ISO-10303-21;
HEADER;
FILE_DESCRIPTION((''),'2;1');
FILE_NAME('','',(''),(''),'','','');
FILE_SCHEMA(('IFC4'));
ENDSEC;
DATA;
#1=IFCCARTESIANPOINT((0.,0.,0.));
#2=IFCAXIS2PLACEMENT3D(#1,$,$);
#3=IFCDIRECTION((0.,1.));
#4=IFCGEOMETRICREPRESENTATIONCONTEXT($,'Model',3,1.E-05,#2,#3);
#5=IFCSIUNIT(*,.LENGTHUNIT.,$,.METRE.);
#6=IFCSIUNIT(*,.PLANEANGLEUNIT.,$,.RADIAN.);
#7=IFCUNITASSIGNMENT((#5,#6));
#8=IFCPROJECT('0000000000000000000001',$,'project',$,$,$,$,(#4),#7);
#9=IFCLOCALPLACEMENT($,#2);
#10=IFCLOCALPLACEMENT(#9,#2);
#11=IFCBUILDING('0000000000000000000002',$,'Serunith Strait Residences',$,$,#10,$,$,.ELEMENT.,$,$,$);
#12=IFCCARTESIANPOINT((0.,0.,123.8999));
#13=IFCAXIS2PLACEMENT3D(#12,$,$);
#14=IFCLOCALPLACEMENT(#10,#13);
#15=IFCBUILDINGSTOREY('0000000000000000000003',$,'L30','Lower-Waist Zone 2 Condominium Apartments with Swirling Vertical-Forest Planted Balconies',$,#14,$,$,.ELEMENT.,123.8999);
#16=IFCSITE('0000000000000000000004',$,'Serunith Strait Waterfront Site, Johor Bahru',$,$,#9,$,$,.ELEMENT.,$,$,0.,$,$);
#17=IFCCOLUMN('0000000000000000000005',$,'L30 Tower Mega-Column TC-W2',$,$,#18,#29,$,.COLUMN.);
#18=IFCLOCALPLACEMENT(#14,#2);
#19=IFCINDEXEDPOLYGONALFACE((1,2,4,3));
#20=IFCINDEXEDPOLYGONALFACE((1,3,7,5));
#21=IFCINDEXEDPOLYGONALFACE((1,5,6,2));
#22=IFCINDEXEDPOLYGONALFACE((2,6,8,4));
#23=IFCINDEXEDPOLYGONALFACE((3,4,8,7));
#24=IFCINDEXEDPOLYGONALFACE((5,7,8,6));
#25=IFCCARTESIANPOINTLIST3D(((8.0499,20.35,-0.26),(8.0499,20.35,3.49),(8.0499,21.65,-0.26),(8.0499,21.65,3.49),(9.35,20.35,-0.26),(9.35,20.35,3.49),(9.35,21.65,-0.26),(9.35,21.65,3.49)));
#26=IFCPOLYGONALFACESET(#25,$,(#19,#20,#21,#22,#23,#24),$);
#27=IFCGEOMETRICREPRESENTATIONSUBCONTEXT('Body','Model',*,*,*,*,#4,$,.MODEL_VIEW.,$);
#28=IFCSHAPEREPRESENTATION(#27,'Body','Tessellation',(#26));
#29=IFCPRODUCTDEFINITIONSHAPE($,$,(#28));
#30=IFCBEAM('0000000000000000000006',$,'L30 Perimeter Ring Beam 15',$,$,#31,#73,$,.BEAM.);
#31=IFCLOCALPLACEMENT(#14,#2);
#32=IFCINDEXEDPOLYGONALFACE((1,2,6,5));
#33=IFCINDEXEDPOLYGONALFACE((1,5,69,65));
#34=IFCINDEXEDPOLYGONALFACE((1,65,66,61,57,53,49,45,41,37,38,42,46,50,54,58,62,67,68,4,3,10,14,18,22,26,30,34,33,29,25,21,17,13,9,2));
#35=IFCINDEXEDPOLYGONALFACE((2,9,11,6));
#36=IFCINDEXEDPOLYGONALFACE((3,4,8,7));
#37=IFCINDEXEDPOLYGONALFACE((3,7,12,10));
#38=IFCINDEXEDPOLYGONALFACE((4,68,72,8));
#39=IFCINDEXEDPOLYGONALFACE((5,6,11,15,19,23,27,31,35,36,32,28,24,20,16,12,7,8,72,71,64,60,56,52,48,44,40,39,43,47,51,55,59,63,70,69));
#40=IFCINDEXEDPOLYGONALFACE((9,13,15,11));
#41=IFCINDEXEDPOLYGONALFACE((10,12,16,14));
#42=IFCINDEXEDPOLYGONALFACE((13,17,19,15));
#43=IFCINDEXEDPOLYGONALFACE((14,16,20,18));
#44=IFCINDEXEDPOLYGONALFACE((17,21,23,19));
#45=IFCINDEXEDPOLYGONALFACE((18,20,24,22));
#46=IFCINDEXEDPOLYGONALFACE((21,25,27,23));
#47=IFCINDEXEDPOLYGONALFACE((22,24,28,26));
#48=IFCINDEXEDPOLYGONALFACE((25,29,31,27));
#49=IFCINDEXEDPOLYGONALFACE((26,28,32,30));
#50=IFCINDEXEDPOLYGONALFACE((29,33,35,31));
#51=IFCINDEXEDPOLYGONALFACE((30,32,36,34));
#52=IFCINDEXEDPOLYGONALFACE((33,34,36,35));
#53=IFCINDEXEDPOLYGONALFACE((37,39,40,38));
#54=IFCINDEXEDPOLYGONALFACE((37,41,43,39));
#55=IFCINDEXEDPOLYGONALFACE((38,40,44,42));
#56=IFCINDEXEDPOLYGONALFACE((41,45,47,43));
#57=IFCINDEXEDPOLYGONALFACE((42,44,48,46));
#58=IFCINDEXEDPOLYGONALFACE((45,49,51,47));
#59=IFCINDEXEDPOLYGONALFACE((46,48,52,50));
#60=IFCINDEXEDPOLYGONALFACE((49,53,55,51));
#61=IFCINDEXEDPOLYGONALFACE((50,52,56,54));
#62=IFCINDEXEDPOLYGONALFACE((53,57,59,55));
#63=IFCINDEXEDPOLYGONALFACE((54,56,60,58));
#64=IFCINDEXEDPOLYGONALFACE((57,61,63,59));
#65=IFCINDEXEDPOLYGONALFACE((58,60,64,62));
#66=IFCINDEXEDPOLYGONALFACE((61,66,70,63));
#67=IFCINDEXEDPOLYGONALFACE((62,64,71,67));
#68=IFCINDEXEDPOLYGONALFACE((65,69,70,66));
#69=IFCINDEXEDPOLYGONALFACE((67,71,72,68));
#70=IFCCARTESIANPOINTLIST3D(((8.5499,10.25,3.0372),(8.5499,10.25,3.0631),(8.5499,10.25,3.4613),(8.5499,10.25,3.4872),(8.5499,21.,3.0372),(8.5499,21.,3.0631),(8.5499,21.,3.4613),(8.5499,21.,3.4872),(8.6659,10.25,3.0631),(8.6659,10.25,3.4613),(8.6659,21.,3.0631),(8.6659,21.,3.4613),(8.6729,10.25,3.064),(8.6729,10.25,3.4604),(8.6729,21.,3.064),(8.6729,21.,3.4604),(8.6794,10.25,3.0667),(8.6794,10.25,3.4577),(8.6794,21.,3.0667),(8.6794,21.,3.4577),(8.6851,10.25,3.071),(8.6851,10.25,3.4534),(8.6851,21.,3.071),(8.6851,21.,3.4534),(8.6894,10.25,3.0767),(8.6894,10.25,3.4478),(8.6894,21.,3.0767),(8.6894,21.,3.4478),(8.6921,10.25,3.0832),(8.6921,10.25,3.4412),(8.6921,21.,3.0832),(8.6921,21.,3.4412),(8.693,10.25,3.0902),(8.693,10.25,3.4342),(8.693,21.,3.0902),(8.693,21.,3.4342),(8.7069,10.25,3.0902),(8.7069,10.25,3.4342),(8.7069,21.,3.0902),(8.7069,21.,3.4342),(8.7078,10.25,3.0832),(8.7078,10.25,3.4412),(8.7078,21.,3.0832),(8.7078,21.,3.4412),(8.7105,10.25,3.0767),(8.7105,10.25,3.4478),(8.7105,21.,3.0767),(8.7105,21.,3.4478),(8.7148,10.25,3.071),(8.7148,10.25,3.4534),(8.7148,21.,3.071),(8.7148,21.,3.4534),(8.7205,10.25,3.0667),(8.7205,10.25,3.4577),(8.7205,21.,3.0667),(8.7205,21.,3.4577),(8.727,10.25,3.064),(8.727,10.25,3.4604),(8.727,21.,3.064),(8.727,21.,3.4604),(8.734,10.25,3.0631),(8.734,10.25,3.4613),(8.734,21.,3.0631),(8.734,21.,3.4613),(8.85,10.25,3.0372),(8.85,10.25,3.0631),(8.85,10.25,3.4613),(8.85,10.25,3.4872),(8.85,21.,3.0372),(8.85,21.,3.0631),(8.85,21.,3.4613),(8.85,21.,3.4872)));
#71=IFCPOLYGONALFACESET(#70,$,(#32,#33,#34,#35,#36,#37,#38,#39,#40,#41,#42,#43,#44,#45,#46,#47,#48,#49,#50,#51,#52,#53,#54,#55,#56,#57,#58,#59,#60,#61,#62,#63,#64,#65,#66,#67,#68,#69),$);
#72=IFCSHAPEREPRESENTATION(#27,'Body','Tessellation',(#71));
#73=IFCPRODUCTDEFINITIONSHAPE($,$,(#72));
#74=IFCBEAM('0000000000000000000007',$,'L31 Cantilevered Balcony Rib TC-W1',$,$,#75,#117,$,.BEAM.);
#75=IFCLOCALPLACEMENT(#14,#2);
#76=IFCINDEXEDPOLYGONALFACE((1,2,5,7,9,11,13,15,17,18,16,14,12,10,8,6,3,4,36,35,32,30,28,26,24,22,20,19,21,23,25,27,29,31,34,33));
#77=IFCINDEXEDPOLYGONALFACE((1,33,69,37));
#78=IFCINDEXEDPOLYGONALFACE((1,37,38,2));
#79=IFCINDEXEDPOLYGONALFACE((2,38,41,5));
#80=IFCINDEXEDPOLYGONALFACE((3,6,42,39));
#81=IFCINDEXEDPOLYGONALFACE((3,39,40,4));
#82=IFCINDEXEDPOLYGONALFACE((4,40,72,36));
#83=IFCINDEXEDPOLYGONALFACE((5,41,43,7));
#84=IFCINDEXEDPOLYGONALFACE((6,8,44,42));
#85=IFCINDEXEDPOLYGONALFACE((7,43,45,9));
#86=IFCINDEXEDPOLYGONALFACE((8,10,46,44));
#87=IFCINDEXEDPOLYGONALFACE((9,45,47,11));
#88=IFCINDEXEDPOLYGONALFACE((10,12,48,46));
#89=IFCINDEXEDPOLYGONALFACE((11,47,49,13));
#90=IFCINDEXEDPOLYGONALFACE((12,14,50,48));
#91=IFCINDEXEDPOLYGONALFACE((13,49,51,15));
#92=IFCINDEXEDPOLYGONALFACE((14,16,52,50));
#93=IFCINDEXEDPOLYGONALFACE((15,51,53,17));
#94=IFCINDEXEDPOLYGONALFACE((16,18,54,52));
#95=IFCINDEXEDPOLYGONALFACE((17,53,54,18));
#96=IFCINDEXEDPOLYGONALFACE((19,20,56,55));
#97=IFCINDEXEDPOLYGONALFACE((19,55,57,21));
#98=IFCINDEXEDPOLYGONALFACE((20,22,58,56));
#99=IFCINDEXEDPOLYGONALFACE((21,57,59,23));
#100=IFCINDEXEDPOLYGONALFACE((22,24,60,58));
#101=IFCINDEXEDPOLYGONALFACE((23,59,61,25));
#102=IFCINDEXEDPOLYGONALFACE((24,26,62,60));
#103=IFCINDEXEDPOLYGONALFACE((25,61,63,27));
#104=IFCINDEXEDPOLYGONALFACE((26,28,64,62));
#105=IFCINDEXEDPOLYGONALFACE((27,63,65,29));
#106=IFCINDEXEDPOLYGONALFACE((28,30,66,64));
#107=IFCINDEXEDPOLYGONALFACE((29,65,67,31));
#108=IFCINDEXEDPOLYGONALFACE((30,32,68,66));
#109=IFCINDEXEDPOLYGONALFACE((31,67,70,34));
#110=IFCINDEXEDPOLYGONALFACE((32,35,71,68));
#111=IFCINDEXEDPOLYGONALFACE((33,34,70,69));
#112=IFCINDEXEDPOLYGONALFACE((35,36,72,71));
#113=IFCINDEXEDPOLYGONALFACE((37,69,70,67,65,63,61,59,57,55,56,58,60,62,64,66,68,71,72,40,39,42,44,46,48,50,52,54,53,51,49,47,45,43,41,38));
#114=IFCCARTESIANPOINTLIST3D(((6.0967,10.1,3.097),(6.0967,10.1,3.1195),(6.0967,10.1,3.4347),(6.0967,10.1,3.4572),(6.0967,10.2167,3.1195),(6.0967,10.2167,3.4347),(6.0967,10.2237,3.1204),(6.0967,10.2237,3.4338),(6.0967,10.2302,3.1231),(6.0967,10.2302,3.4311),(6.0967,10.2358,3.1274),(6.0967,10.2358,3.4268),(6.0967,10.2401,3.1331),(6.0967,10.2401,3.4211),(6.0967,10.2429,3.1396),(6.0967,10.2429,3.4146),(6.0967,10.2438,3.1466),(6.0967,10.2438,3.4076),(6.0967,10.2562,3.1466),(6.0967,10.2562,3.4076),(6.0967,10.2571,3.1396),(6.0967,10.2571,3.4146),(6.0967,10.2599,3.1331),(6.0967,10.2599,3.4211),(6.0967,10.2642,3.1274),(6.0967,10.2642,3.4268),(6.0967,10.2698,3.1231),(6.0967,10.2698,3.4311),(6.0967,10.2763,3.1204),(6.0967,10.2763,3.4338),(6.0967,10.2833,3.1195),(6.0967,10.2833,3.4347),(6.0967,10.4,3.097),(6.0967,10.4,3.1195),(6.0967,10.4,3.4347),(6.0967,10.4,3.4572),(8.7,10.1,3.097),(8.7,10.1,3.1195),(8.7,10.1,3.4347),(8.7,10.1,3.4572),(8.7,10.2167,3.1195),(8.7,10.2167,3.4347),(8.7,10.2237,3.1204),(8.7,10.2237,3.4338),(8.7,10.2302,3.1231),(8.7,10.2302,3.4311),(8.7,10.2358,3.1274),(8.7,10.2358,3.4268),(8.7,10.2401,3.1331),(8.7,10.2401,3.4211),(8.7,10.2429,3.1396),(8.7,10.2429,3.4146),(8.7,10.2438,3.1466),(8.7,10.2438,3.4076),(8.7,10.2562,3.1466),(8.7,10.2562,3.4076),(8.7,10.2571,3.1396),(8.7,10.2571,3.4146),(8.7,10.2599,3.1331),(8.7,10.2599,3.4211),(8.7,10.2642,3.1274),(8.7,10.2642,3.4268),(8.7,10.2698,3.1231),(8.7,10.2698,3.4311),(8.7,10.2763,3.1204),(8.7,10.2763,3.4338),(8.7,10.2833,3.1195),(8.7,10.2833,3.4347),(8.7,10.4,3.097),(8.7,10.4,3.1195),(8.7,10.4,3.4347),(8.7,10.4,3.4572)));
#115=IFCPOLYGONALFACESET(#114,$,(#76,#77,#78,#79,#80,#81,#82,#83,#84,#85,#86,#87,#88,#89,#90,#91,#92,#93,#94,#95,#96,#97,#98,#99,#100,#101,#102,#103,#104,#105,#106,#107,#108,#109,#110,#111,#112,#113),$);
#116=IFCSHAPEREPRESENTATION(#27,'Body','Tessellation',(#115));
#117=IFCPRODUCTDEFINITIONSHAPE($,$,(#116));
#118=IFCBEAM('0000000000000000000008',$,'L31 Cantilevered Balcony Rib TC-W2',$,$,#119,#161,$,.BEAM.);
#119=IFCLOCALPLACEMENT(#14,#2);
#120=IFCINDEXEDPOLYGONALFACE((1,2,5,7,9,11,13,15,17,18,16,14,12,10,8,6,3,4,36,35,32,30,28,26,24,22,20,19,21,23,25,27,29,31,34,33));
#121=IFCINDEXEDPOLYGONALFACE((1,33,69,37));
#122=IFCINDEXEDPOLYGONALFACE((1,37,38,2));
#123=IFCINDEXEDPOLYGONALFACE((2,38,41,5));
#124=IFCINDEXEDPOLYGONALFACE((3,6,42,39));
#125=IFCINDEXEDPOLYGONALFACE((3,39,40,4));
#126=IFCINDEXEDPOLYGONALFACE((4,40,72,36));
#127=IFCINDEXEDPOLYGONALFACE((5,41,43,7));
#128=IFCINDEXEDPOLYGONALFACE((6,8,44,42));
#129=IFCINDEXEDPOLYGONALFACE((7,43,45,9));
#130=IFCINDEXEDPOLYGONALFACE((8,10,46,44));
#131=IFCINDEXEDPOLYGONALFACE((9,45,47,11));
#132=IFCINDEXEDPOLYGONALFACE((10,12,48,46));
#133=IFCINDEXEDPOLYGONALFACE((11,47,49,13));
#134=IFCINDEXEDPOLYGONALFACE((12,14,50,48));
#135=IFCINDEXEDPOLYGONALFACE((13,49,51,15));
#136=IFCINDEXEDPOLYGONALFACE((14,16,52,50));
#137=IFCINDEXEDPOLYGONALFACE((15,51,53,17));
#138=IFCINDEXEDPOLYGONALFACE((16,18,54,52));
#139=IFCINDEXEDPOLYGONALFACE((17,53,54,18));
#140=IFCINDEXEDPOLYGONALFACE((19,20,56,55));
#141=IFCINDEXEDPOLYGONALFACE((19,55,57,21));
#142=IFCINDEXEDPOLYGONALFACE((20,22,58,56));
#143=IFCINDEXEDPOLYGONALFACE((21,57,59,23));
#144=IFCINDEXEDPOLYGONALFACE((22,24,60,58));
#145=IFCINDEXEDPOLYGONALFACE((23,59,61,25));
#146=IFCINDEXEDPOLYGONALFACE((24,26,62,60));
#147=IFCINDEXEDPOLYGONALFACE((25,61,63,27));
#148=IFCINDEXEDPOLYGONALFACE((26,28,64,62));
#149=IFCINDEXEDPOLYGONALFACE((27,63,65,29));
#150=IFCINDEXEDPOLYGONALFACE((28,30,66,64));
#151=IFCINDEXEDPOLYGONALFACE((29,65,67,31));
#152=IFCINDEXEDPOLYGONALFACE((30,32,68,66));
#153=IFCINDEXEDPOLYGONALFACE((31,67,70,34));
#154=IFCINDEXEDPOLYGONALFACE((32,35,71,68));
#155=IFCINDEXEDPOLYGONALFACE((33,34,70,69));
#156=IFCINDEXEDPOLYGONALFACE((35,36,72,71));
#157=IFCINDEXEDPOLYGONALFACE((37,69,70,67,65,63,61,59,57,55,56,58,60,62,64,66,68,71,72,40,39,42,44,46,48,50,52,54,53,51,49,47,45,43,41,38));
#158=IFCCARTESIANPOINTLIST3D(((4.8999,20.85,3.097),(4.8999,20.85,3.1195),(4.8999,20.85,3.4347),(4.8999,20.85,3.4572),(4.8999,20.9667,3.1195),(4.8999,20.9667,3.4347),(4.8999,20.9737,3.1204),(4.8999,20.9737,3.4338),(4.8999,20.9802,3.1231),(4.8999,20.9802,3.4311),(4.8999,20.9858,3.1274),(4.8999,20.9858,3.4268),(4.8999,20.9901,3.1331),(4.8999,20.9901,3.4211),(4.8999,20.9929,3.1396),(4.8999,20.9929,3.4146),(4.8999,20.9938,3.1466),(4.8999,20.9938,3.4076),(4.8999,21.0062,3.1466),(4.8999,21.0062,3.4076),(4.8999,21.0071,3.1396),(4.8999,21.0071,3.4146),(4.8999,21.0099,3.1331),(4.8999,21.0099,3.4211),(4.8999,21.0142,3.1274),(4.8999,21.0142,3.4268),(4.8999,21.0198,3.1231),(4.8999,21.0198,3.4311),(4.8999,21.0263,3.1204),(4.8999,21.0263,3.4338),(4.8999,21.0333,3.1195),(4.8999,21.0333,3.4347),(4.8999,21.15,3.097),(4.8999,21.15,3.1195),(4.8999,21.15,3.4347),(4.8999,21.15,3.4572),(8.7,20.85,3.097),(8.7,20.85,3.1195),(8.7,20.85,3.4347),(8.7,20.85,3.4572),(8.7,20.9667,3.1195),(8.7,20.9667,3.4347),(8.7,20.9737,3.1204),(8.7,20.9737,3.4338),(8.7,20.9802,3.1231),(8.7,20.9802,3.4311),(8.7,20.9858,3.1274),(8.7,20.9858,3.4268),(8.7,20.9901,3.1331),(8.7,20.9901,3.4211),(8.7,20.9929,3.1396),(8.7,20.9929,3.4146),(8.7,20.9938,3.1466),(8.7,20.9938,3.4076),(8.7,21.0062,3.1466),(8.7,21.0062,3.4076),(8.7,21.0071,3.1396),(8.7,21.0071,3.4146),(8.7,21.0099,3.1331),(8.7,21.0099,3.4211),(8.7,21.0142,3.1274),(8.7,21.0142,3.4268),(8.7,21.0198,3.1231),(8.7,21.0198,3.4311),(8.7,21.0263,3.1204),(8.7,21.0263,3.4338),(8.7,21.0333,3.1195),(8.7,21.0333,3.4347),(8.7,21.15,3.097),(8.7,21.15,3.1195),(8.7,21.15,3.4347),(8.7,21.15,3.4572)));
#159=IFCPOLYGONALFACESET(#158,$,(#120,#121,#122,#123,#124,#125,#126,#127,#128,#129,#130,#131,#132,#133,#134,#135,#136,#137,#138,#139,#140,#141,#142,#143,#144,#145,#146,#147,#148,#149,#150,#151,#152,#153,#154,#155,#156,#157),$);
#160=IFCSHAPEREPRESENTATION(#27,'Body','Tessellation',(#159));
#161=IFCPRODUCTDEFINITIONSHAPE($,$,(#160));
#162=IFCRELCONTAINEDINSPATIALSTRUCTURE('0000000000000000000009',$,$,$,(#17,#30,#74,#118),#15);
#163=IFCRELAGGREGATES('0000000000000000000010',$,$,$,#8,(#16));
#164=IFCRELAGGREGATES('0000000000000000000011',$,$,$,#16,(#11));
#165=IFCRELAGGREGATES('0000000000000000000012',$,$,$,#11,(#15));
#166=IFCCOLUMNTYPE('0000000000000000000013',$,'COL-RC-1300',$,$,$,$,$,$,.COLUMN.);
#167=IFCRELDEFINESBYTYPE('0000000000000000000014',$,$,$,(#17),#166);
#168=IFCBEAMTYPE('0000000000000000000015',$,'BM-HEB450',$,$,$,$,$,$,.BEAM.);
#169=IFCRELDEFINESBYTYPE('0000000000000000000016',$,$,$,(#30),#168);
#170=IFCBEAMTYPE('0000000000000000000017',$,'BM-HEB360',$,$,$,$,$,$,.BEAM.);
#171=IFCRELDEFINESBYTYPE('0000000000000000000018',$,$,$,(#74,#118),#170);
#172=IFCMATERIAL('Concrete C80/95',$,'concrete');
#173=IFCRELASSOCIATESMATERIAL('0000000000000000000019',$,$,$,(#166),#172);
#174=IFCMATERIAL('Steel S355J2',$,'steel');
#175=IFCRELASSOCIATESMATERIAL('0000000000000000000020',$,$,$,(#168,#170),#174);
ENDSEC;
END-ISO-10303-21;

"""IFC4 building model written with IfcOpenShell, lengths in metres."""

from ifc_helpers import new_model, si_unit, direction, frame, origin, origin_2d, place, context, subcontext, project, spatial, rectangle, i_section, extrude, source, transform, mapped, material, material_profile, profile_set, type_object, element, save


model = new_model("IFC4")

# Units and contexts
model_context = context("Model", 3, precision=1e-05, world=origin(), true_north=direction((0.0, 1.0)))
body_context = subcontext(model_context, "Body", "Model", "MODEL_VIEW")
ifc_project = project(units=[si_unit("LENGTHUNIT", "METRE"), si_unit("PLANEANGLEUNIT", "RADIAN")], contexts=[model_context])

# Site, building, storey
site_placement = place(None, origin())
site = spatial("IfcSite", under=ifc_project, at=site_placement, Name="Serunith Strait Waterfront Site, Johor Bahru", CompositionType="ELEMENT", RefElevation=0.0)
building_placement = place(site_placement, origin())
building = spatial("IfcBuilding", under=site, at=building_placement, Name="Serunith Strait Residences", CompositionType="ELEMENT")
storey_placement = place(building_placement, frame((0.0, 0.0, 123.8999)))
storey = spatial("IfcBuildingStorey", under=building, at=storey_placement, Name="L30", Description="Lower-Waist Zone 2 Condominium Apartments with Swirling Vertical-Forest Planted Balconies", CompositionType="ELEMENT", Elevation=123.8999)

# Column
ifc_material_1 = material(Name="Concrete C80/95", Category="concrete")
ifc_material_profile_1 = material_profile(ifc_material_1, rectangle(XDim=1.3, YDim=1.3, at=origin_2d()), Name="RC 1300x1300")
ifc_profile_set_1 = profile_set([ifc_material_profile_1], Name="Concrete C80/95")
column_type = type_object("IfcColumnType", Name="COL-RC-1300", PredefinedType="COLUMN", material=ifc_profile_set_1)
shared_shape_1 = source(origin(), body_context, "Body", "SweptSolid", [
    extrude(rectangle(XDim=1.3, YDim=1.3, at=origin_2d()), origin(), (0.0, 0.0, 1.0), 3.75),
])
column_placement = place(storey_placement, frame((8.7, 21.0, -0.26), z_axis=(0.0, 0.0, 1.0), x_axis=(1.0, 0.0, 0.0)))
element("IfcColumn", 1, at=column_placement, inside=storey, type_object=column_type, Name="L30 Tower Mega-Column TC-W2", PredefinedType="COLUMN", context=body_context, shape_type="MappedRepresentation", body=[
    mapped(shared_shape_1, transform((0.0, 0.0, 0.0), scale=1.0)),
])

# Beams
ifc_material_2 = material(Name="Steel S355J2", Category="steel")
ifc_material_profile_2 = material_profile(ifc_material_2, i_section(OverallWidth=0.3, OverallDepth=0.45, WebThickness=0.0139, FlangeThickness=0.0259, FilletRadius=0.0271, at=origin_2d()), Name="HEB 450")
ifc_profile_set_2 = profile_set([ifc_material_profile_2], Name="Steel S355J2")
beam_type_1 = type_object("IfcBeamType", Name="BM-HEB450", PredefinedType="BEAM", material=ifc_profile_set_2)
shared_shape_2 = source(origin(), body_context, "Body", "SweptSolid", [
    extrude(i_section(OverallWidth=0.3, OverallDepth=0.45, WebThickness=0.0139, FlangeThickness=0.0259, FilletRadius=0.0271, at=origin_2d()), origin(), (0.0, 0.0, 1.0), 10.75),
])
beam_1_placement = place(storey_placement, frame((8.7, 21.0, 3.2622), z_axis=(0.0, -1.0, 0.0), x_axis=(1.0, 0.0, 0.0)))
element("IfcBeam", 2, at=beam_1_placement, inside=storey, type_object=beam_type_1, Name="L30 Perimeter Ring Beam 15", PredefinedType="BEAM", context=body_context, shape_type="MappedRepresentation", body=[
    mapped(shared_shape_2, transform((0.0, 0.0, 0.0), scale=1.0)),
])
ifc_material_profile_3 = material_profile(ifc_material_2, i_section(OverallWidth=0.3, OverallDepth=0.3601, WebThickness=0.0125, FlangeThickness=0.0225, FilletRadius=0.0271, at=origin_2d()), Name="HEB 360")
ifc_profile_set_3 = profile_set([ifc_material_profile_3], Name="Steel S355J2")
beam_type_2 = type_object("IfcBeamType", Name="BM-HEB360", PredefinedType="BEAM", material=ifc_profile_set_3)
shared_shape_3 = source(origin(), body_context, "Body", "SweptSolid", [
    extrude(i_section(OverallWidth=0.3, OverallDepth=0.3601, WebThickness=0.0125, FlangeThickness=0.0225, FilletRadius=0.0271, at=origin_2d()), origin(), (0.0, 0.0, 1.0), 2.6033),
])
beam_2_placement = place(storey_placement, frame((8.7, 10.25, 3.2771), z_axis=(-1.0, 0.0, 0.0), x_axis=(0.0, -1.0, 0.0)))
element("IfcBeam", 3, at=beam_2_placement, inside=storey, type_object=beam_type_2, Name="L31 Cantilevered Balcony Rib TC-W1", PredefinedType="BEAM", context=body_context, shape_type="MappedRepresentation", body=[
    mapped(shared_shape_3, transform((0.0, 0.0, 0.0), scale=1.0)),
])
shared_shape_4 = source(origin(), body_context, "Body", "SweptSolid", [
    extrude(i_section(OverallWidth=0.3, OverallDepth=0.3601, WebThickness=0.0125, FlangeThickness=0.0225, FilletRadius=0.0271, at=origin_2d()), origin(), (0.0, 0.0, 1.0), 3.8),
])
beam_3_placement = place(storey_placement, frame((8.7, 21.0, 3.2771), z_axis=(-1.0, 0.0, 0.0), x_axis=(0.0, -1.0, 0.0)))
element("IfcBeam", 4, at=beam_3_placement, inside=storey, type_object=beam_type_2, Name="L31 Cantilevered Balcony Rib TC-W2", PredefinedType="BEAM", context=body_context, shape_type="MappedRepresentation", body=[
    mapped(shared_shape_4, transform((0.0, 0.0, 0.0), scale=1.0)),
])

save(model, "model.ifc")
